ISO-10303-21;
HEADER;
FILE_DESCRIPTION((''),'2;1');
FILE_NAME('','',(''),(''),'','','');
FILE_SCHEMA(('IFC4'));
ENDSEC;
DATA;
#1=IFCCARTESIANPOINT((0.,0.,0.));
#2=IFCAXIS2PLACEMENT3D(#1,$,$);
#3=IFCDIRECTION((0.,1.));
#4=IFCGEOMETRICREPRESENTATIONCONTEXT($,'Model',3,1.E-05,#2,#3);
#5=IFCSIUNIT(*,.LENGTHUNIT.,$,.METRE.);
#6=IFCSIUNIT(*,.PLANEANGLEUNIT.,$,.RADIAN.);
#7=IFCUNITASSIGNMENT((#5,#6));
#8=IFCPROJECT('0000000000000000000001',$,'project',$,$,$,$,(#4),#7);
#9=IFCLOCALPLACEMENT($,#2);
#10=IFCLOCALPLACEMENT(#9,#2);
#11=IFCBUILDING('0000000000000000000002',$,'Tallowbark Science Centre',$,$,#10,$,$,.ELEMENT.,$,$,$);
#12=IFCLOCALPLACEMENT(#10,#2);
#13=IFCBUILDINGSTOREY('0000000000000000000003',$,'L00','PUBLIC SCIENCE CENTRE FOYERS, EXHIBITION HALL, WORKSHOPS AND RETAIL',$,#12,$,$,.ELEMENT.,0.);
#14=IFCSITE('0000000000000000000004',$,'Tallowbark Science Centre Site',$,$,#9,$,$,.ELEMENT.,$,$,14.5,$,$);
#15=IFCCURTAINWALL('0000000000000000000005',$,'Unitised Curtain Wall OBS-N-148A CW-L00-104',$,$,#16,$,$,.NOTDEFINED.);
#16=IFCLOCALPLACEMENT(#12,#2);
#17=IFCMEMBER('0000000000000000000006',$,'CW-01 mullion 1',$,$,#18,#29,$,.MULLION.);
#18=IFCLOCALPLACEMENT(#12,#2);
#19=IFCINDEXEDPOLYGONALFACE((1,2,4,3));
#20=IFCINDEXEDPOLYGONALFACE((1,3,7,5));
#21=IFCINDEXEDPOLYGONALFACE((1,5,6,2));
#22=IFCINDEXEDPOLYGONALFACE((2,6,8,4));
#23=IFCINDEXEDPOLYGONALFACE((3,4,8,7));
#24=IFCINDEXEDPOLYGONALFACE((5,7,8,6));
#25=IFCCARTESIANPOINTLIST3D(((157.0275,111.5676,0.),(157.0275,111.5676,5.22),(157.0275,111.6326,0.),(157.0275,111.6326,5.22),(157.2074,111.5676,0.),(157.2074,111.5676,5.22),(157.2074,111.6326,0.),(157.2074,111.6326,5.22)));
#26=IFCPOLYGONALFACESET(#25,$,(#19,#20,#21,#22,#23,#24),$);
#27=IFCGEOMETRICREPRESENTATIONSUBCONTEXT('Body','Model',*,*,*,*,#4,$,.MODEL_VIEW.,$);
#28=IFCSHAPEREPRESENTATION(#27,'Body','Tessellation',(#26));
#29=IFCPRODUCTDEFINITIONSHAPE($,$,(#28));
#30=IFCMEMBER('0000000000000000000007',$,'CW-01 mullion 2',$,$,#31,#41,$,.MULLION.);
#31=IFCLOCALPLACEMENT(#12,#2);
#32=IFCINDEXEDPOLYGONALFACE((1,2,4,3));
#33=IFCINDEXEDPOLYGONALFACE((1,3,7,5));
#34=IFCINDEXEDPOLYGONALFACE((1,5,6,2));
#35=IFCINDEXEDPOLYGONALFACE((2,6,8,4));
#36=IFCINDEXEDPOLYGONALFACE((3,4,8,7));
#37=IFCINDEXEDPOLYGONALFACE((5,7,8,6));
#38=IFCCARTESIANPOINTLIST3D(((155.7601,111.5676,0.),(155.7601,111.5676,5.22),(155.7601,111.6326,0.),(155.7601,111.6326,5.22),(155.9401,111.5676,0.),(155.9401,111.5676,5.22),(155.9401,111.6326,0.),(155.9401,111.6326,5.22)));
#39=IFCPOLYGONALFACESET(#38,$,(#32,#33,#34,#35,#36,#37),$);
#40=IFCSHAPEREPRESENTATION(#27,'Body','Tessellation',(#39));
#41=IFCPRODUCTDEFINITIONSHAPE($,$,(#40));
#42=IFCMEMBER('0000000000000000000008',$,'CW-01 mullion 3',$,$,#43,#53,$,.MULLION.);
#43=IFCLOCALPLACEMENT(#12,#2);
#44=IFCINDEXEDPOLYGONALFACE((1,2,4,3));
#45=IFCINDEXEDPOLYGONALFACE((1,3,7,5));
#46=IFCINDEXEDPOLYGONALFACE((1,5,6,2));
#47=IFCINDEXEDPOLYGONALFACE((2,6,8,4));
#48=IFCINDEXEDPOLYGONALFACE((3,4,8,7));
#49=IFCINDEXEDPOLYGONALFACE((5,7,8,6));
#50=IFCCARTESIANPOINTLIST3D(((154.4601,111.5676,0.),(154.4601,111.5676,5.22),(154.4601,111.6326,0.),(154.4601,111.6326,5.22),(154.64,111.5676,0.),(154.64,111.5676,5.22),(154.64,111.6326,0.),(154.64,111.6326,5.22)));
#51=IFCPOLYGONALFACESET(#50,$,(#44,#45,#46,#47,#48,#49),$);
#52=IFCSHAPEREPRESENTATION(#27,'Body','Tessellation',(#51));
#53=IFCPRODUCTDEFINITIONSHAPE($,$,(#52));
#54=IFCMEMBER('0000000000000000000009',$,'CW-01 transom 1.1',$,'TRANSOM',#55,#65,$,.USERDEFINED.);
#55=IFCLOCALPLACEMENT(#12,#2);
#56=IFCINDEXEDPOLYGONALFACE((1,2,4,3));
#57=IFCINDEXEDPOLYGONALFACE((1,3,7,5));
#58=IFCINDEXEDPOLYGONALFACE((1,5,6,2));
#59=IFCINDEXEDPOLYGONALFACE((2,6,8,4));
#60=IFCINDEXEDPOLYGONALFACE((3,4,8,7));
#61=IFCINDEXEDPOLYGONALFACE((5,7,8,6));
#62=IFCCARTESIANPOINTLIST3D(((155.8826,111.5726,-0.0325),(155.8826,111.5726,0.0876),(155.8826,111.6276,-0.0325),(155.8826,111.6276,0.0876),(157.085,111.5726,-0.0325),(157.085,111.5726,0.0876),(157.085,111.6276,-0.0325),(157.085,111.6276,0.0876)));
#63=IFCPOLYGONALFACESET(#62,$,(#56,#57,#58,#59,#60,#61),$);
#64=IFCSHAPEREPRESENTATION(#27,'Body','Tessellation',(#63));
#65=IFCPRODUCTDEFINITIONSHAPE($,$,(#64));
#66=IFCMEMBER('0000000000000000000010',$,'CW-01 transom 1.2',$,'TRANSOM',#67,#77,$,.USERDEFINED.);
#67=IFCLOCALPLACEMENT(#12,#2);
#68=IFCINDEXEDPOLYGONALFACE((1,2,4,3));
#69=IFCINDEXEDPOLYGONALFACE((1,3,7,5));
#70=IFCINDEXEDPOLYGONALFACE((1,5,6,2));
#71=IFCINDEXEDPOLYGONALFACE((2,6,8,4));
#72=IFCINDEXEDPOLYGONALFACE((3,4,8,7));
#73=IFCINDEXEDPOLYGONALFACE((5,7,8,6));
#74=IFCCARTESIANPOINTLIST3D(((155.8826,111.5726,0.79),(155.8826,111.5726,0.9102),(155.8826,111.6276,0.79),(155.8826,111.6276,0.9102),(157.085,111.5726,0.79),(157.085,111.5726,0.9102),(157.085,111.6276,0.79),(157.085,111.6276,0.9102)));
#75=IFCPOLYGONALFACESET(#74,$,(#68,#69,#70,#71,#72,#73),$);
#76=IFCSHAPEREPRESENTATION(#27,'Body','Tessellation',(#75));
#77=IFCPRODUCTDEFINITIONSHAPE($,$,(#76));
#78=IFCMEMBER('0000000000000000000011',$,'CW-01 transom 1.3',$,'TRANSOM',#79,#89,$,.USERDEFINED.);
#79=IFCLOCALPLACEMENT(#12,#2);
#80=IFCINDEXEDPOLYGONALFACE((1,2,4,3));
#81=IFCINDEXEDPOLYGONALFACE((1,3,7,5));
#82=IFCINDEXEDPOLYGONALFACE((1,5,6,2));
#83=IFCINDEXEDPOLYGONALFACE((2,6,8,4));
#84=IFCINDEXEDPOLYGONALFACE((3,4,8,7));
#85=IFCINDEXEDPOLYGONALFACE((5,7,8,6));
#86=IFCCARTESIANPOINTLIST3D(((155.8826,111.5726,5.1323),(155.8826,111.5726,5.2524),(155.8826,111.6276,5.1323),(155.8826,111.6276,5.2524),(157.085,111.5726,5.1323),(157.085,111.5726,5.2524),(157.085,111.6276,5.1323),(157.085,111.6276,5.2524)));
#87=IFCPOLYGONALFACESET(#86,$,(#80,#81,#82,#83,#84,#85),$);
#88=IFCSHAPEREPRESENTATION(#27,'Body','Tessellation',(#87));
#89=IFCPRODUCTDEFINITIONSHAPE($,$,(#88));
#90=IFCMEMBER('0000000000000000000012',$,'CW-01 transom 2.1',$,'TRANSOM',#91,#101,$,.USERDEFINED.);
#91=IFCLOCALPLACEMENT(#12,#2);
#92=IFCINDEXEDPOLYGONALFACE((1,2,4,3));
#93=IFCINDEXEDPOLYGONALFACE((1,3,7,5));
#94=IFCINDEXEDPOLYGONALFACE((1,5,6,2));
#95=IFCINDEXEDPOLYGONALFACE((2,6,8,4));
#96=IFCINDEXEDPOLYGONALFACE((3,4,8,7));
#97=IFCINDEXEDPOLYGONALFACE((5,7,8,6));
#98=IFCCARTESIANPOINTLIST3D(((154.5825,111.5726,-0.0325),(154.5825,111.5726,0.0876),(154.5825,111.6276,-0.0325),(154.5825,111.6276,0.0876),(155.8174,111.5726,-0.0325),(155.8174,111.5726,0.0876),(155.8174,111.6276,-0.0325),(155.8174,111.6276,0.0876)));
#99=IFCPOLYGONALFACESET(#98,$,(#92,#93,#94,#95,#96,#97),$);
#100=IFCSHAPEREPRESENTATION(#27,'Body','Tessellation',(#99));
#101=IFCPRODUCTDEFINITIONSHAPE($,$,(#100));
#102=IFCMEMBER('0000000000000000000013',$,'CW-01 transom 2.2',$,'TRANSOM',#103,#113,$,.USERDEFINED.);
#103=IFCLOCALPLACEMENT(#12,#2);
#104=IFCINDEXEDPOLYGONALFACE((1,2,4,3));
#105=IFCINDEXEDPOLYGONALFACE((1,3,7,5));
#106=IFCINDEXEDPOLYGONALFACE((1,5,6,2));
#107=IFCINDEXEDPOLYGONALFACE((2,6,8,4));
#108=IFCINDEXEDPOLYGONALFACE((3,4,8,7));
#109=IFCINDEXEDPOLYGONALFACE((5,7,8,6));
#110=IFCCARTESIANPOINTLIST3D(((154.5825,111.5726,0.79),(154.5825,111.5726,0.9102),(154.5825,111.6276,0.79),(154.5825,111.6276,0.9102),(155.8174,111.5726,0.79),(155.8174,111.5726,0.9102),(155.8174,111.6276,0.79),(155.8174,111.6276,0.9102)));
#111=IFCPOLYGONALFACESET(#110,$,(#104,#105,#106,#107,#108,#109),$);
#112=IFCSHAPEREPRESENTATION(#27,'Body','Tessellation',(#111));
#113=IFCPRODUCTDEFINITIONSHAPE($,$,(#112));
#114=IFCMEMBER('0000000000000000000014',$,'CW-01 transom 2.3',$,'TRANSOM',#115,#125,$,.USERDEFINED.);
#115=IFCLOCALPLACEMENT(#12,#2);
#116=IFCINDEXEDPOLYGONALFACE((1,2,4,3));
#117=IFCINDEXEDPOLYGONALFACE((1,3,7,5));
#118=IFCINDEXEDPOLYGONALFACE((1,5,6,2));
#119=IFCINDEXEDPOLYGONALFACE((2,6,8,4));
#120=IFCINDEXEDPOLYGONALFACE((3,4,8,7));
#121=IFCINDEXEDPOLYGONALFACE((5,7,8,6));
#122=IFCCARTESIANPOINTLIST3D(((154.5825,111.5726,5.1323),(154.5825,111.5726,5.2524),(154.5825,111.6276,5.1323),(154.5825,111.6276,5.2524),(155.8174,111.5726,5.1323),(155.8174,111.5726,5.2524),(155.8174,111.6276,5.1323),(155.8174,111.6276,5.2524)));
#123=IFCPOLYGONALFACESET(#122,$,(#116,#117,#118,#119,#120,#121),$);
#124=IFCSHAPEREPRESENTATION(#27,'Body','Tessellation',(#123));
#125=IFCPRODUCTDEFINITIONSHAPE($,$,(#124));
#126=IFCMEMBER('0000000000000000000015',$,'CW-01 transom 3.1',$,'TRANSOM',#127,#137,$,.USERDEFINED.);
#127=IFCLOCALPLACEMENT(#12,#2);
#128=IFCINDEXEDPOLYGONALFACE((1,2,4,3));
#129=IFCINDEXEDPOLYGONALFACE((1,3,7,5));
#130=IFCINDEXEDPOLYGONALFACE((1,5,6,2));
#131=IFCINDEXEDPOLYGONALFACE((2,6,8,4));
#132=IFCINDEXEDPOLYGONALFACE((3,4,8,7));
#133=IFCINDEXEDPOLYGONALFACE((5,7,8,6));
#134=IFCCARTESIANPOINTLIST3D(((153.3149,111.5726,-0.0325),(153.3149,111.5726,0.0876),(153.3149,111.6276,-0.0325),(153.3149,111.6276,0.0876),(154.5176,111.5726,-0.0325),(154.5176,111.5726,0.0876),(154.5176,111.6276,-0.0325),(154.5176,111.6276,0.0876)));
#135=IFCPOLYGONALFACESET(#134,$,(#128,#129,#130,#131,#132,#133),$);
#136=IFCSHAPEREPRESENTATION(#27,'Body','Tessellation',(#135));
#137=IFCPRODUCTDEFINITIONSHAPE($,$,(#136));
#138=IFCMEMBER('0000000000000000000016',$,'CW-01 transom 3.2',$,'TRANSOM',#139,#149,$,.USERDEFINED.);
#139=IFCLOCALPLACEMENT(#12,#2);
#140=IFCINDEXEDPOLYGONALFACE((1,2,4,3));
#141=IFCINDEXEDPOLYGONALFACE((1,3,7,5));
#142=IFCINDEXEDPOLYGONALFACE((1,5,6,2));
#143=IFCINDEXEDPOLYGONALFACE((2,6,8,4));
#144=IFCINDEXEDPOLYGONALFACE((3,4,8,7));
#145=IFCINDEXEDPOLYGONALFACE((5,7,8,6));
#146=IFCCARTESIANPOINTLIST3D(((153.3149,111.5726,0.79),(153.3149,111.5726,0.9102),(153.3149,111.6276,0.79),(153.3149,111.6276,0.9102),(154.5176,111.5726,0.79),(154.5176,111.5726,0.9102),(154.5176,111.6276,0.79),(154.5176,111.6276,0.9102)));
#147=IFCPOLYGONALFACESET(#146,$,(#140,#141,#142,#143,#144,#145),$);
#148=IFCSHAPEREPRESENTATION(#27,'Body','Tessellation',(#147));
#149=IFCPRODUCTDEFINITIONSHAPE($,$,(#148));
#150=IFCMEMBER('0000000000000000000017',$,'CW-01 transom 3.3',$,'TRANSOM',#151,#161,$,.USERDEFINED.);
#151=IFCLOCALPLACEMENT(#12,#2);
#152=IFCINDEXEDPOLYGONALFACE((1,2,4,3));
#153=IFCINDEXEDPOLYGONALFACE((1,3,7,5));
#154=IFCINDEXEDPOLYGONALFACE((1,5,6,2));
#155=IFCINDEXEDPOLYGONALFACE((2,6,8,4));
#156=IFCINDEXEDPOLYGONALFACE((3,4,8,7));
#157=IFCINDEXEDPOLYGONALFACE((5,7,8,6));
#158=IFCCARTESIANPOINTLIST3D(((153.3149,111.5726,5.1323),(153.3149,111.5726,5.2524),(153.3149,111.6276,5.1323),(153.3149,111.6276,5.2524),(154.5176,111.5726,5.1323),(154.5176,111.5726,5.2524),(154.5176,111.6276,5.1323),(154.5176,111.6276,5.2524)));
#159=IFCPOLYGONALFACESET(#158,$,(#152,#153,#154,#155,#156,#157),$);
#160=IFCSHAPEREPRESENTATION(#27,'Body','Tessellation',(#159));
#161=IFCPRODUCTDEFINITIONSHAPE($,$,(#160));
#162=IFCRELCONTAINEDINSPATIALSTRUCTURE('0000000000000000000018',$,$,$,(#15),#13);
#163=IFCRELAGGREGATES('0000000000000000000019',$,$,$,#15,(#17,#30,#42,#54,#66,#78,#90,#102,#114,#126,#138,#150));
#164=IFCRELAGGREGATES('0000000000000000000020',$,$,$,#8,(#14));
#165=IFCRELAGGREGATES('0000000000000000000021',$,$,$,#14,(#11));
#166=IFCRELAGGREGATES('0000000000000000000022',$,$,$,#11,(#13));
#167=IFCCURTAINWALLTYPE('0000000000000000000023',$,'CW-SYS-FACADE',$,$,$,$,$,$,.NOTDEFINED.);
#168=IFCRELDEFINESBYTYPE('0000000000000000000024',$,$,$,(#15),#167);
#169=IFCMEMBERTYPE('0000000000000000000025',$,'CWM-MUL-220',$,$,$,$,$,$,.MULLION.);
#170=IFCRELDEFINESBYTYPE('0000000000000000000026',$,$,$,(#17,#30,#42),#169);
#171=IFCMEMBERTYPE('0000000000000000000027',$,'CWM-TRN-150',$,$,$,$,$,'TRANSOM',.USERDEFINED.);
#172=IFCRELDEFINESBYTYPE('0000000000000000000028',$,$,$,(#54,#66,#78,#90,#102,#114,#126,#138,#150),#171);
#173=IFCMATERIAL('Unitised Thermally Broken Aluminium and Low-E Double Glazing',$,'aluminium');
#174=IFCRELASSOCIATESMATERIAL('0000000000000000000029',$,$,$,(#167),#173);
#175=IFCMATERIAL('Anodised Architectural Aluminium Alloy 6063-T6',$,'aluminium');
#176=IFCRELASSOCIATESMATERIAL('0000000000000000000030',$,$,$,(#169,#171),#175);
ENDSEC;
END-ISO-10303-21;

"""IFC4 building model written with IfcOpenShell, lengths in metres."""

from ifc_helpers import new_model, si_unit, direction, frame, origin, origin_2d, place, context, subcontext, project, spatial, rectangle, extrude, material, material_profile, profile_set, type_object, element, aggregate, save


model = new_model("IFC4")

# Units and contexts
model_context = context("Model", 3, precision=1e-05, world=origin(), true_north=direction((0.0, 1.0)))
body_context = subcontext(model_context, "Body", "Model", "MODEL_VIEW")
ifc_project = project(units=[si_unit("LENGTHUNIT", "METRE"), si_unit("PLANEANGLEUNIT", "RADIAN")], contexts=[model_context])

# Site, building, storey
site_placement = place(None, origin())
site = spatial("IfcSite", under=ifc_project, at=site_placement, Name="Tallowbark Science Centre Site", CompositionType="ELEMENT", RefElevation=14.5)
building_placement = place(site_placement, origin())
building = spatial("IfcBuilding", under=site, at=building_placement, Name="Tallowbark Science Centre", CompositionType="ELEMENT")
storey_placement = place(building_placement, origin())
storey = spatial("IfcBuildingStorey", under=building, at=storey_placement, Name="L00", Description="PUBLIC SCIENCE CENTRE FOYERS, EXHIBITION HALL, WORKSHOPS AND RETAIL", CompositionType="ELEMENT", Elevation=0.0)

# Curtain wall, members
ifc_material_1 = material(Name="Unitised Thermally Broken Aluminium and Low-E Double Glazing", Category="aluminium")
curtain_wall_type = type_object("IfcCurtainWallType", Name="CW-SYS-FACADE", PredefinedType="NOTDEFINED", material=ifc_material_1)
curtain_wall_placement = place(storey_placement, origin())
curtain_wall = element("IfcCurtainWall", 1, at=curtain_wall_placement, inside=storey, type_object=curtain_wall_type, Name="Unitised Curtain Wall OBS-N-148A CW-L00-104", PredefinedType="NOTDEFINED")
ifc_material_2 = material(Name="Anodised Architectural Aluminium Alloy 6063-T6", Category="aluminium")
ifc_material_profile_1 = material_profile(ifc_material_2, rectangle(XDim=0.0649, YDim=0.1799, at=origin_2d()), Name="ALU65x180")
ifc_profile_set_1 = profile_set([ifc_material_profile_1], Name="Anodised Architectural Aluminium Alloy 6063-T6")
member_type_1 = type_object("IfcMemberType", Name="CWM-MUL-220", PredefinedType="MULLION", material=ifc_profile_set_1)
member_1_placement = place(storey_placement, frame((157.1174, 111.6001, 0.0), z_axis=(0.0, 0.0, 1.0), x_axis=(0.0, -1.0, 0.0)))
member_1 = element("IfcMember", 2, at=member_1_placement, type_object=member_type_1, Name="CW-01 mullion 1", PredefinedType="MULLION", context=body_context, shape_type="SweptSolid", body=[
    extrude(rectangle(XDim=0.0649, YDim=0.1799, at=origin_2d()), origin(), (0.0, 0.0, 1.0), 5.22),
])
member_2_placement = place(storey_placement, frame((155.8501, 111.6001, 0.0), z_axis=(0.0, 0.0, 1.0), x_axis=(0.0, -1.0, 0.0)))
member_2 = element("IfcMember", 3, at=member_2_placement, type_object=member_type_1, Name="CW-01 mullion 2", PredefinedType="MULLION", context=body_context, shape_type="SweptSolid", body=[
    extrude(rectangle(XDim=0.0649, YDim=0.1799, at=origin_2d()), origin(), (0.0, 0.0, 1.0), 5.22),
])
member_3_placement = place(storey_placement, frame((154.55, 111.6001, 0.0), z_axis=(0.0, 0.0, 1.0), x_axis=(0.0, -1.0, 0.0)))
member_3 = element("IfcMember", 4, at=member_3_placement, type_object=member_type_1, Name="CW-01 mullion 3", PredefinedType="MULLION", context=body_context, shape_type="SweptSolid", body=[
    extrude(rectangle(XDim=0.0649, YDim=0.1799, at=origin_2d()), origin(), (0.0, 0.0, 1.0), 5.22),
])
ifc_material_profile_2 = material_profile(ifc_material_2, rectangle(XDim=0.0549, YDim=0.1201, at=origin_2d()), Name="ALU55x120")
ifc_profile_set_2 = profile_set([ifc_material_profile_2], Name="Anodised Architectural Aluminium Alloy 6063-T6")
member_type_2 = type_object("IfcMemberType", Name="CWM-TRN-150", ElementType="TRANSOM", PredefinedType="USERDEFINED", material=ifc_profile_set_2)
member_4_placement = place(storey_placement, frame((157.085, 111.6001, 0.0276), z_axis=(-1.0, 0.0, 0.0), x_axis=(0.0, -1.0, 0.0)))
member_4 = element("IfcMember", 5, at=member_4_placement, type_object=member_type_2, Name="CW-01 transom 1.1", ObjectType="TRANSOM", PredefinedType="USERDEFINED", context=body_context, shape_type="SweptSolid", body=[
    extrude(rectangle(XDim=0.0549, YDim=0.1201, at=origin_2d()), origin(), (0.0, 0.0, 1.0), 1.2024),
])
member_5_placement = place(storey_placement, frame((157.085, 111.6001, 0.8501), z_axis=(-1.0, 0.0, 0.0), x_axis=(0.0, -1.0, 0.0)))
member_5 = element("IfcMember", 6, at=member_5_placement, type_object=member_type_2, Name="CW-01 transom 1.2", ObjectType="TRANSOM", PredefinedType="USERDEFINED", context=body_context, shape_type="SweptSolid", body=[
    extrude(rectangle(XDim=0.0549, YDim=0.1201, at=origin_2d()), origin(), (0.0, 0.0, 1.0), 1.2024),
])
member_6_placement = place(storey_placement, frame((157.085, 111.6001, 5.1924), z_axis=(-1.0, 0.0, 0.0), x_axis=(0.0, -1.0, 0.0)))
member_6 = element("IfcMember", 7, at=member_6_placement, type_object=member_type_2, Name="CW-01 transom 1.3", ObjectType="TRANSOM", PredefinedType="USERDEFINED", context=body_context, shape_type="SweptSolid", body=[
    extrude(rectangle(XDim=0.0549, YDim=0.1201, at=origin_2d()), origin(), (0.0, 0.0, 1.0), 1.2024),
])
member_7_placement = place(storey_placement, frame((155.8174, 111.6001, 0.0276), z_axis=(-1.0, 0.0, 0.0), x_axis=(0.0, -1.0, 0.0)))
member_7 = element("IfcMember", 8, at=member_7_placement, type_object=member_type_2, Name="CW-01 transom 2.1", ObjectType="TRANSOM", PredefinedType="USERDEFINED", context=body_context, shape_type="SweptSolid", body=[
    extrude(rectangle(XDim=0.0549, YDim=0.1201, at=origin_2d()), origin(), (0.0, 0.0, 1.0), 1.2349),
])
member_8_placement = place(storey_placement, frame((155.8174, 111.6001, 0.8501), z_axis=(-1.0, 0.0, 0.0), x_axis=(0.0, -1.0, 0.0)))
member_8 = element("IfcMember", 9, at=member_8_placement, type_object=member_type_2, Name="CW-01 transom 2.2", ObjectType="TRANSOM", PredefinedType="USERDEFINED", context=body_context, shape_type="SweptSolid", body=[
    extrude(rectangle(XDim=0.0549, YDim=0.1201, at=origin_2d()), origin(), (0.0, 0.0, 1.0), 1.2349),
])
member_9_placement = place(storey_placement, frame((155.8174, 111.6001, 5.1924), z_axis=(-1.0, 0.0, 0.0), x_axis=(0.0, -1.0, 0.0)))
member_9 = element("IfcMember", 10, at=member_9_placement, type_object=member_type_2, Name="CW-01 transom 2.3", ObjectType="TRANSOM", PredefinedType="USERDEFINED", context=body_context, shape_type="SweptSolid", body=[
    extrude(rectangle(XDim=0.0549, YDim=0.1201, at=origin_2d()), origin(), (0.0, 0.0, 1.0), 1.2349),
])
member_10_placement = place(storey_placement, frame((154.5176, 111.6001, 0.0276), z_axis=(-1.0, 0.0, 0.0), x_axis=(0.0, -1.0, 0.0)))
member_10 = element("IfcMember", 11, at=member_10_placement, type_object=member_type_2, Name="CW-01 transom 3.1", ObjectType="TRANSOM", PredefinedType="USERDEFINED", context=body_context, shape_type="SweptSolid", body=[
    extrude(rectangle(XDim=0.0549, YDim=0.1201, at=origin_2d()), origin(), (0.0, 0.0, 1.0), 1.2026),
])
member_11_placement = place(storey_placement, frame((154.5176, 111.6001, 0.8501), z_axis=(-1.0, 0.0, 0.0), x_axis=(0.0, -1.0, 0.0)))
member_11 = element("IfcMember", 12, at=member_11_placement, type_object=member_type_2, Name="CW-01 transom 3.2", ObjectType="TRANSOM", PredefinedType="USERDEFINED", context=body_context, shape_type="SweptSolid", body=[
    extrude(rectangle(XDim=0.0549, YDim=0.1201, at=origin_2d()), origin(), (0.0, 0.0, 1.0), 1.2026),
])
member_12_placement = place(storey_placement, frame((154.5176, 111.6001, 5.1924), z_axis=(-1.0, 0.0, 0.0), x_axis=(0.0, -1.0, 0.0)))
member_12 = element("IfcMember", 13, at=member_12_placement, type_object=member_type_2, Name="CW-01 transom 3.3", ObjectType="TRANSOM", PredefinedType="USERDEFINED", context=body_context, shape_type="SweptSolid", body=[
    extrude(rectangle(XDim=0.0549, YDim=0.1201, at=origin_2d()), origin(), (0.0, 0.0, 1.0), 1.2026),
])

aggregate(curtain_wall, [member_1, member_2, member_3, member_4, member_5, member_6, member_7, member_8, member_9, member_10, member_11, member_12])

save(model, "model.ifc")
